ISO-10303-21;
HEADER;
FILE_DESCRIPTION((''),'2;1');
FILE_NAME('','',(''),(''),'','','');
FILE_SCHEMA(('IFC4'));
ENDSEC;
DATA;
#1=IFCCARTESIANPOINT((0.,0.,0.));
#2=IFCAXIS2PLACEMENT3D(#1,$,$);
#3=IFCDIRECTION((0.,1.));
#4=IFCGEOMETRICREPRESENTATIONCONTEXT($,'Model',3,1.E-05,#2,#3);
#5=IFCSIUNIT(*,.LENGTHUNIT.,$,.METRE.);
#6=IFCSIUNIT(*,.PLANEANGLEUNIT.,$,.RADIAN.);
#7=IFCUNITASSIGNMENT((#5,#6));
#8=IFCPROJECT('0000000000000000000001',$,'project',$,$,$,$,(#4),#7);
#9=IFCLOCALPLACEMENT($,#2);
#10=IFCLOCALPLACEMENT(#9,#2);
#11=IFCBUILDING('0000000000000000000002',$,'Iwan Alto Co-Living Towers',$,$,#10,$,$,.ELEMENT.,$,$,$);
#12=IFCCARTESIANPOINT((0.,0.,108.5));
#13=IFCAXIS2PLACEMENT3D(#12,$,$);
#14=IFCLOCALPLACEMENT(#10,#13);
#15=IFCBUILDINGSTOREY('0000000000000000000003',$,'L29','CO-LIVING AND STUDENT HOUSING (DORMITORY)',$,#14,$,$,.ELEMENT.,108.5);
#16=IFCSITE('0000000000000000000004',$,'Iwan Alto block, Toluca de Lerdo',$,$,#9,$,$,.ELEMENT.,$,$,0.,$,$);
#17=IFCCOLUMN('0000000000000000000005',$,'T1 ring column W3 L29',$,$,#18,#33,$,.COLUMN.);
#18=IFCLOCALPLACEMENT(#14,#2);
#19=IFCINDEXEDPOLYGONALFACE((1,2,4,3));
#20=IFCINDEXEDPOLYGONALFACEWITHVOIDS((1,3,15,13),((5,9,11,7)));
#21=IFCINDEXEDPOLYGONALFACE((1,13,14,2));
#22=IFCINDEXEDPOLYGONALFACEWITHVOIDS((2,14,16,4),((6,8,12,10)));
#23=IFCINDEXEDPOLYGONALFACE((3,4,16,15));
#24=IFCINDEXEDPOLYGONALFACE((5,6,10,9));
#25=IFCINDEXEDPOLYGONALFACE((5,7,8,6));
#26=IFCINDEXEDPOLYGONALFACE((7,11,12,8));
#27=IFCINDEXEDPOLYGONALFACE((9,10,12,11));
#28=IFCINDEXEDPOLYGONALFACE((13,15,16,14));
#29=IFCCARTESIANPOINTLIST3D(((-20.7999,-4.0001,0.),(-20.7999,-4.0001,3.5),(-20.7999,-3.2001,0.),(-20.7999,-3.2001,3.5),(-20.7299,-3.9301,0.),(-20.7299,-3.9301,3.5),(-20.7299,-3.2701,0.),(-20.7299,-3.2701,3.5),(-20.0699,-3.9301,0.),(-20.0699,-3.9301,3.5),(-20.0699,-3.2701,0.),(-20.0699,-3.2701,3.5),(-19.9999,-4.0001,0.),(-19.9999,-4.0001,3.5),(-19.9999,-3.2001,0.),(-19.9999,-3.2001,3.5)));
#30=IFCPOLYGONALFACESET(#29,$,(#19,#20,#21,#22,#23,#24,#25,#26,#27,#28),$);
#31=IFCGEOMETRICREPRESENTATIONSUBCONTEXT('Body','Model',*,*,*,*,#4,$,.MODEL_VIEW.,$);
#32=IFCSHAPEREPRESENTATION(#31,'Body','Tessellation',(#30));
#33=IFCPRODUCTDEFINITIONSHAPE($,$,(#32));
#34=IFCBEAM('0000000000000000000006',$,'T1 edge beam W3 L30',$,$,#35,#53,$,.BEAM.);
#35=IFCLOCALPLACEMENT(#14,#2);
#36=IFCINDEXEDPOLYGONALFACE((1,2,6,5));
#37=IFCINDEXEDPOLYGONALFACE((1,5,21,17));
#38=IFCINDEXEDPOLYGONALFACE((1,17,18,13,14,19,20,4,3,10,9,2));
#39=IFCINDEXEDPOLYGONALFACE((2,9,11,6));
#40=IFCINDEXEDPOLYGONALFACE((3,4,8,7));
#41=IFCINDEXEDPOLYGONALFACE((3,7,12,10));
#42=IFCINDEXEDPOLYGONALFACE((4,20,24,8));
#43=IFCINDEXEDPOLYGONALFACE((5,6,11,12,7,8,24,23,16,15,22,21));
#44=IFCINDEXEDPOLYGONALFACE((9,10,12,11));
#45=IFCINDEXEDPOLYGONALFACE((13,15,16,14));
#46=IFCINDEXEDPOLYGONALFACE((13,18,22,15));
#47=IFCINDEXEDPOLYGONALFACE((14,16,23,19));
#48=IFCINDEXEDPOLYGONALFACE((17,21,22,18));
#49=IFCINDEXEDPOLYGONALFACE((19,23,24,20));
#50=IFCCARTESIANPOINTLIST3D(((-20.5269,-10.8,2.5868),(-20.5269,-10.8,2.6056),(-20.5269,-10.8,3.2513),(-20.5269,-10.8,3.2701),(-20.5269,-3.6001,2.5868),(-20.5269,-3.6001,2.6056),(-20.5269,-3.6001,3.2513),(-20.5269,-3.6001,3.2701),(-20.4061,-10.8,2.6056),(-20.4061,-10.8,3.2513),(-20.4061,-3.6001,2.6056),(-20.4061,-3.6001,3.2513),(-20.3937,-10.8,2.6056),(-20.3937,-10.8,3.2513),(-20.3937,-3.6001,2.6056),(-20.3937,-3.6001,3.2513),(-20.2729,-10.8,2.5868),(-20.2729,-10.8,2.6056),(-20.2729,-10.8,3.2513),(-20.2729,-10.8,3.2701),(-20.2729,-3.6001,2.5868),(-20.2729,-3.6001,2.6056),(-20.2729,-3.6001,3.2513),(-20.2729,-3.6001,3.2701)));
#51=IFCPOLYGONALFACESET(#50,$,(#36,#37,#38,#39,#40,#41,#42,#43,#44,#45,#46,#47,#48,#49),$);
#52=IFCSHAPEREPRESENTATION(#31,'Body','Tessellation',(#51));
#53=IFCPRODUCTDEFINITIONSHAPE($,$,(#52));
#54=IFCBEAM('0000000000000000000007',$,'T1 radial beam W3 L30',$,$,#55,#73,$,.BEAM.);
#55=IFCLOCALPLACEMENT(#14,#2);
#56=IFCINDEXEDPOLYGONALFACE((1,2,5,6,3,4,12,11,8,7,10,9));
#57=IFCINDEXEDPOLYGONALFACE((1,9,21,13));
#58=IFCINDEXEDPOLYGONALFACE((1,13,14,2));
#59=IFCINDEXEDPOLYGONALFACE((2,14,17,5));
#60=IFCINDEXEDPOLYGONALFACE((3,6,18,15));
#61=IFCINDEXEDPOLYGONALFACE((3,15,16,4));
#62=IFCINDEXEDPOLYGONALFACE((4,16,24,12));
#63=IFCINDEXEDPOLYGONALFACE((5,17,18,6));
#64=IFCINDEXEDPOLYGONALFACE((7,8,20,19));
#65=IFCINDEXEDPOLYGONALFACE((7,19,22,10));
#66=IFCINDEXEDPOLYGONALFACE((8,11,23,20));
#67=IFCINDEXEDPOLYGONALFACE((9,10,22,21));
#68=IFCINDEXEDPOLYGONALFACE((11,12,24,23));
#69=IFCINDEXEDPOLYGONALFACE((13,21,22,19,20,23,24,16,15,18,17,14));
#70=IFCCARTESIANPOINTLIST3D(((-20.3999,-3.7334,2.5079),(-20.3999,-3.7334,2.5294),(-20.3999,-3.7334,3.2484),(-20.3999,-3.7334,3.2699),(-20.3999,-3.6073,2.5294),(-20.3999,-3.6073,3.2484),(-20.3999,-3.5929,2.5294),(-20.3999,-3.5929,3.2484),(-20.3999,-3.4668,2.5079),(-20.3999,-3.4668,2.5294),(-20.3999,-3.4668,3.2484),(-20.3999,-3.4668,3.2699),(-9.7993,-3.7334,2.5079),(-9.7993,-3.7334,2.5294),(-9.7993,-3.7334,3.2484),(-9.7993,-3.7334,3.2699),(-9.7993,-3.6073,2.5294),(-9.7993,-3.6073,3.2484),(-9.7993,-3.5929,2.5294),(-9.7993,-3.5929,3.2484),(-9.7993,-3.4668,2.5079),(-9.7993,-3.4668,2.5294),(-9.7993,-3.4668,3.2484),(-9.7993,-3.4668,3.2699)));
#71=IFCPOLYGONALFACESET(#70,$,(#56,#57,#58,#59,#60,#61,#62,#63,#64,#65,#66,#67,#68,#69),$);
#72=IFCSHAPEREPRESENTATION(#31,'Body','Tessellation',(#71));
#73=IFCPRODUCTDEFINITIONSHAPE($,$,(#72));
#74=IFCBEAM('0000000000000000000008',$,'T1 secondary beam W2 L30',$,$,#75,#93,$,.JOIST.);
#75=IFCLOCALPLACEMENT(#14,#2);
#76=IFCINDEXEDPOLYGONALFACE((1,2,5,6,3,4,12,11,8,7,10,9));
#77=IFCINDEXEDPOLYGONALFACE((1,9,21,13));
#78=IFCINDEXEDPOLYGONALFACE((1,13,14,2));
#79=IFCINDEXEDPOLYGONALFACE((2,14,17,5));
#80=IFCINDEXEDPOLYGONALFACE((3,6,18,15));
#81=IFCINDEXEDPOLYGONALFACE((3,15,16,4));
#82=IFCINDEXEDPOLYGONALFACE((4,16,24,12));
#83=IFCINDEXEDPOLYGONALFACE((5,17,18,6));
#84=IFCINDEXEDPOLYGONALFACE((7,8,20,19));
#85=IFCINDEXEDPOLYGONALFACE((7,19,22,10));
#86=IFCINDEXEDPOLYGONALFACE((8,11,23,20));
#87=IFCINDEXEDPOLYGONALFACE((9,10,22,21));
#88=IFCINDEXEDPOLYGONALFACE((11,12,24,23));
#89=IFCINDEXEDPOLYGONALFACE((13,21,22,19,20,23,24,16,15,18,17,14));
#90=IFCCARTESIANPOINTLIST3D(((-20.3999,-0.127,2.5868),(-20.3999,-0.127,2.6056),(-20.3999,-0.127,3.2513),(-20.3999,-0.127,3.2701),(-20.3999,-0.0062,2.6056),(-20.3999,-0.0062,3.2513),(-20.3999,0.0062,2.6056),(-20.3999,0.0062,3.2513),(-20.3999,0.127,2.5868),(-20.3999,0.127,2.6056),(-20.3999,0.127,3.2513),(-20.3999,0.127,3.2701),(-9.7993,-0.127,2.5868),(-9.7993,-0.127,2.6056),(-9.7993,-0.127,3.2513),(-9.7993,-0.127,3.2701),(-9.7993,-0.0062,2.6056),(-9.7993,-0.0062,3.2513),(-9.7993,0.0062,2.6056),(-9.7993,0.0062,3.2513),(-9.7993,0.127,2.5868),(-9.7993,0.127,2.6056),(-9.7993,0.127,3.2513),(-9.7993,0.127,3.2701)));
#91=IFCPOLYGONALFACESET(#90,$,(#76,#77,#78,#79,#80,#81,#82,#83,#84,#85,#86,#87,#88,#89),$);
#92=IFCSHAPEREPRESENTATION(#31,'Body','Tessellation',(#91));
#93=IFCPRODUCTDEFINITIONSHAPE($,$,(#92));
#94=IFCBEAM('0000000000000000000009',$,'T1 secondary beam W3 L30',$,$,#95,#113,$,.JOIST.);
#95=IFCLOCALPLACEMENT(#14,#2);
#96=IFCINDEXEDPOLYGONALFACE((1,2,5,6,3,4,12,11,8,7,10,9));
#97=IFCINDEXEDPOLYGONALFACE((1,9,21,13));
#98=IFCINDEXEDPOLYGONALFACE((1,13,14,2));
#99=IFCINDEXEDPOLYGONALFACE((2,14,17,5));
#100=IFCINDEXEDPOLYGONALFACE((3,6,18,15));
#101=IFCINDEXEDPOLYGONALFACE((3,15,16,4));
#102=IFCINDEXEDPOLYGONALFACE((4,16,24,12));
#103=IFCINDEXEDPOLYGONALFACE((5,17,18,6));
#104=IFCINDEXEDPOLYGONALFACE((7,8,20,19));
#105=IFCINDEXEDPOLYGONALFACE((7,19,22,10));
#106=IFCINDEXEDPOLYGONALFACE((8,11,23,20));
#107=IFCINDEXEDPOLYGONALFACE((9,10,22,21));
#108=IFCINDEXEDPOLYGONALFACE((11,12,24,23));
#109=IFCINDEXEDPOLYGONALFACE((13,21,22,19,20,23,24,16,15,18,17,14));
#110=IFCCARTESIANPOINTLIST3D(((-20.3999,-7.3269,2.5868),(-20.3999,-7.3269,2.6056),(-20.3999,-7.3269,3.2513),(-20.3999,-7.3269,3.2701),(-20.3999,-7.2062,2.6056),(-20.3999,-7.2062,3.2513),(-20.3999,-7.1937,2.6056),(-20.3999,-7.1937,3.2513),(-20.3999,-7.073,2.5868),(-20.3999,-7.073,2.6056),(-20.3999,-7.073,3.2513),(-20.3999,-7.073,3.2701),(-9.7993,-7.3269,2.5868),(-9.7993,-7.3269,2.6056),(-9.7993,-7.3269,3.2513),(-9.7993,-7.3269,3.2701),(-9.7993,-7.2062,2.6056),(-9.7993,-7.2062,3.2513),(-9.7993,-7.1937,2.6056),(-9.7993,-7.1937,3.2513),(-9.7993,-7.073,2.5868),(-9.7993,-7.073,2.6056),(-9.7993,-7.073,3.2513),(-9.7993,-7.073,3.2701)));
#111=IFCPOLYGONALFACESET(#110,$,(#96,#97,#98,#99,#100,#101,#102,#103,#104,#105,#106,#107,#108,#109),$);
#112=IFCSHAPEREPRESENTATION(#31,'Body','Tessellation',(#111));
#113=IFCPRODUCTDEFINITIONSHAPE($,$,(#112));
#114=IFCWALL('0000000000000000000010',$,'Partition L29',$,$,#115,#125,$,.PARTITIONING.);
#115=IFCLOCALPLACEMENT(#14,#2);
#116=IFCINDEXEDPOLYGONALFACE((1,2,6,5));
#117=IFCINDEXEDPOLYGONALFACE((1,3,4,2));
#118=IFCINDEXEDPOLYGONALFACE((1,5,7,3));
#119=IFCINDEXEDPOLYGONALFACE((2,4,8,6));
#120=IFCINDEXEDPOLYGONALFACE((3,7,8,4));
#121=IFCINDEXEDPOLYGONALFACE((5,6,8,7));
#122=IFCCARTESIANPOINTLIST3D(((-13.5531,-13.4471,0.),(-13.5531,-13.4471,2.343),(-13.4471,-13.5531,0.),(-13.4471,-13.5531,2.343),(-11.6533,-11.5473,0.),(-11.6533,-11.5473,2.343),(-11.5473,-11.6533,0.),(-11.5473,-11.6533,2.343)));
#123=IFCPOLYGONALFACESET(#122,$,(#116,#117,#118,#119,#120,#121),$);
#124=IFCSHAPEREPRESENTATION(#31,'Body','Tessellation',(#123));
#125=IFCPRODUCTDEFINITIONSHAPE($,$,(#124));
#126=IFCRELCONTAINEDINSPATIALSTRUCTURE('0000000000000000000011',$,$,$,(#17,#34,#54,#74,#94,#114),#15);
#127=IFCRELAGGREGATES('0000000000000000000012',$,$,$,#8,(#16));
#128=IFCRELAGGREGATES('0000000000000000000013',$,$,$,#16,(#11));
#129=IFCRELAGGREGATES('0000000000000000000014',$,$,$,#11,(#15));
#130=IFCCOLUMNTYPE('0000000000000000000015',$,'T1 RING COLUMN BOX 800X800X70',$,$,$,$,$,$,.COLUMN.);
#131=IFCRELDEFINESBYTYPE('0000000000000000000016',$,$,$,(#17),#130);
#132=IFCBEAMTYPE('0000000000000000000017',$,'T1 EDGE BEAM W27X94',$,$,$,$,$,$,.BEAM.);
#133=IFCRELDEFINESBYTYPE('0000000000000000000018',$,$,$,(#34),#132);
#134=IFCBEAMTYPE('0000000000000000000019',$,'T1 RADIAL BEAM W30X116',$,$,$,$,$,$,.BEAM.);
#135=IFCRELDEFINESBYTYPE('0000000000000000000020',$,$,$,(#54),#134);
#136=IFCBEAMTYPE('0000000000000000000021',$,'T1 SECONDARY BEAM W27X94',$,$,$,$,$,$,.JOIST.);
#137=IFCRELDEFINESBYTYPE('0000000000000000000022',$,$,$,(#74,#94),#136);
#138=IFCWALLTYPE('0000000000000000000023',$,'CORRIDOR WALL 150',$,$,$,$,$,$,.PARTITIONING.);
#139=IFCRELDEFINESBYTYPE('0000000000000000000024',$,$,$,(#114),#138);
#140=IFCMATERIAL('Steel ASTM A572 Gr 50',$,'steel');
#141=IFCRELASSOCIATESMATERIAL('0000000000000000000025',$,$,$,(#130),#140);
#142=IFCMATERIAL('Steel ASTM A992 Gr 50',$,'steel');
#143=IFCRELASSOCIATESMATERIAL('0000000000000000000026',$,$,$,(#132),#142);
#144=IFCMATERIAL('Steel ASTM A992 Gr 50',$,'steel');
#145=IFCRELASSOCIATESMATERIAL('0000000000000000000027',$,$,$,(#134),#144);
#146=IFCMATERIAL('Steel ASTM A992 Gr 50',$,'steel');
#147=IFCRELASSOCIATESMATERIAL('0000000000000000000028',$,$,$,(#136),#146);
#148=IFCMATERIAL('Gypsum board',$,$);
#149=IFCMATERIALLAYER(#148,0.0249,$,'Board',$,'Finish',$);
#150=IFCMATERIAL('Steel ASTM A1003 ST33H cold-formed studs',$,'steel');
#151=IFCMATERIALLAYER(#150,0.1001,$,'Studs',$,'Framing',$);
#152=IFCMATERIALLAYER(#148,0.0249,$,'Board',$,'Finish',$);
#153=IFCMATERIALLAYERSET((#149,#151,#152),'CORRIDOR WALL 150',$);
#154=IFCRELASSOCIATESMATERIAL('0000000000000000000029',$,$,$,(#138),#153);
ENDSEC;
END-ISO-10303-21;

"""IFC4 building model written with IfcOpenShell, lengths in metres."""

from ifc_helpers import new_model, si_unit, direction, frame, frame_2d, origin, origin_2d, place, context, subcontext, project, spatial, rectangle, hollow_rectangle, i_section, extrude, material, layer, layer_set, material_profile, profile_set, type_object, element, save


model = new_model("IFC4")

# Units and contexts
model_context = context("Model", 3, precision=1e-05, world=origin(), true_north=direction((0.0, 1.0)))
body_context = subcontext(model_context, "Body", "Model", "MODEL_VIEW")
ifc_project = project(units=[si_unit("LENGTHUNIT", "METRE"), si_unit("PLANEANGLEUNIT", "RADIAN")], contexts=[model_context])

# Site, building, storey
site_placement = place(None, origin())
site = spatial("IfcSite", under=ifc_project, at=site_placement, Name="Iwan Alto block, Toluca de Lerdo", CompositionType="ELEMENT", RefElevation=0.0)
building_placement = place(site_placement, origin())
building = spatial("IfcBuilding", under=site, at=building_placement, Name="Iwan Alto Co-Living Towers", CompositionType="ELEMENT")
storey_placement = place(building_placement, frame((0.0, 0.0, 108.5)))
storey = spatial("IfcBuildingStorey", under=building, at=storey_placement, Name="L29", Description="CO-LIVING AND STUDENT HOUSING (DORMITORY)", CompositionType="ELEMENT", Elevation=108.5)

# Column
ifc_material_1 = material(Name="Steel ASTM A572 Gr 50", Category="steel")
ifc_material_profile_1 = material_profile(ifc_material_1, hollow_rectangle(XDim=0.8, YDim=0.8, WallThickness=0.0701, at=origin_2d()), Name="BOX 800X800X70")
ifc_profile_set_1 = profile_set([ifc_material_profile_1], Name="Steel ASTM A572 Gr 50")
column_type = type_object("IfcColumnType", Name="T1 RING COLUMN BOX 800X800X70", PredefinedType="COLUMN", material=ifc_profile_set_1)
column_placement = place(storey_placement, frame((-20.3999, -3.6001, 0.0), z_axis=(0.0, 0.0, 1.0), x_axis=(1.0, 0.0, 0.0)))
element("IfcColumn", 1, at=column_placement, inside=storey, type_object=column_type, Name="T1 ring column W3 L29", PredefinedType="COLUMN", context=body_context, shape_type="SweptSolid", body=[
    extrude(hollow_rectangle(XDim=0.8, YDim=0.8, WallThickness=0.0701, at=origin_2d()), origin(), (0.0, 0.0, 1.0), 3.5),
])

# Beams
ifc_material_2 = material(Name="Steel ASTM A992 Gr 50", Category="steel")
ifc_material_profile_2 = material_profile(ifc_material_2, i_section(OverallWidth=0.2539, OverallDepth=0.6833, WebThickness=0.0125, FlangeThickness=0.0188, at=origin_2d()), Name="W27X94")
ifc_profile_set_2 = profile_set([ifc_material_profile_2], Name="Steel ASTM A992 Gr 50")
beam_type_1 = type_object("IfcBeamType", Name="T1 EDGE BEAM W27X94", PredefinedType="BEAM", material=ifc_profile_set_2)
beam_1_placement = place(storey_placement, frame((-20.3999, -3.6001, 2.9285), z_axis=(0.0, -1.0, 0.0), x_axis=(1.0, 0.0, 0.0)))
element("IfcBeam", 2, at=beam_1_placement, inside=storey, type_object=beam_type_1, Name="T1 edge beam W3 L30", PredefinedType="BEAM", context=body_context, shape_type="SweptSolid", body=[
    extrude(i_section(OverallWidth=0.2539, OverallDepth=0.6833, WebThickness=0.0125, FlangeThickness=0.0188, at=origin_2d()), origin(), (0.0, 0.0, 1.0), 7.2),
])
ifc_material_3 = material(Name="Steel ASTM A992 Gr 50", Category="steel")
ifc_material_profile_3 = material_profile(ifc_material_3, i_section(OverallWidth=0.2666, OverallDepth=0.762, WebThickness=0.0144, FlangeThickness=0.0215, at=origin_2d()), Name="W30X116")
ifc_profile_set_3 = profile_set([ifc_material_profile_3], Name="Steel ASTM A992 Gr 50")
beam_type_2 = type_object("IfcBeamType", Name="T1 RADIAL BEAM W30X116", PredefinedType="BEAM", material=ifc_profile_set_3)
beam_2_placement = place(storey_placement, frame((-20.3999, -3.6001, 2.8889), z_axis=(1.0, 0.0, 0.0), x_axis=(0.0, 1.0, 0.0)))
element("IfcBeam", 3, at=beam_2_placement, inside=storey, type_object=beam_type_2, Name="T1 radial beam W3 L30", PredefinedType="BEAM", context=body_context, shape_type="SweptSolid", body=[
    extrude(i_section(OverallWidth=0.2666, OverallDepth=0.762, WebThickness=0.0144, FlangeThickness=0.0215, at=origin_2d()), origin(), (0.0, 0.0, 1.0), 10.6006),
])
ifc_material_4 = material(Name="Steel ASTM A992 Gr 50", Category="steel")
ifc_material_profile_4 = material_profile(ifc_material_4, i_section(OverallWidth=0.2539, OverallDepth=0.6833, WebThickness=0.0125, FlangeThickness=0.0188, at=origin_2d()), Name="W27X94")
ifc_profile_set_4 = profile_set([ifc_material_profile_4], Name="Steel ASTM A992 Gr 50")
beam_type_3 = type_object("IfcBeamType", Name="T1 SECONDARY BEAM W27X94", PredefinedType="JOIST", material=ifc_profile_set_4)
for number, where, z_axis, x_axis, name in (
    (4, (-20.3999, 0.0, 2.9285), (1.0, 0.0, 0.0), (0.0, 1.0, 0.0), "T1 secondary beam W2 L30"),
    (5, (-20.3999, -7.2, 2.9285), (1.0, 0.0, 0.0), (0.0, 1.0, 0.0), "T1 secondary beam W3 L30"),
):
    element("IfcBeam", number, at=place(storey_placement, frame(where, z_axis=z_axis, x_axis=x_axis)), inside=storey, type_object=beam_type_3, Name=name, PredefinedType="JOIST", context=body_context, shape_type="SweptSolid", body=[
        extrude(i_section(OverallWidth=0.2539, OverallDepth=0.6833, WebThickness=0.0125, FlangeThickness=0.0188, at=origin_2d()), origin(), (0.0, 0.0, 1.0), 10.6006),
    ])

# Wall
ifc_material_5 = material(Name="Gypsum board")
ifc_layer_1 = layer(ifc_material_5, 0.0249, Name="Board", Category="Finish")
ifc_material_6 = material(Name="Steel ASTM A1003 ST33H cold-formed studs", Category="steel")
ifc_layer_2 = layer(ifc_material_6, 0.1001, Name="Studs", Category="Framing")
ifc_layer_3 = layer(ifc_material_5, 0.0249, Name="Board", Category="Finish")
ifc_layer_set_1 = layer_set([ifc_layer_1, ifc_layer_2, ifc_layer_3], Name="CORRIDOR WALL 150")
wall_type_1 = type_object("IfcWallType", Name="CORRIDOR WALL 150", PredefinedType="PARTITIONING", material=ifc_layer_set_1)
wall_1_placement = place(storey_placement, frame((-13.5, -13.5, 0.0), z_axis=(0.0, 0.0, 1.0), x_axis=(0.707107, 0.707107, 0.0)))
element("IfcWall", 6, at=wall_1_placement, inside=storey, type_object=wall_type_1, Name="Partition L29", PredefinedType="PARTITIONING", context=body_context, shape_type="SweptSolid", body=[
    extrude(rectangle(XDim=2.6868, YDim=0.1499, at=frame_2d((1.3433, 0.0))), origin(), (0.0, 0.0, 1.0), 2.343),
])

save(model, "model.ifc")
